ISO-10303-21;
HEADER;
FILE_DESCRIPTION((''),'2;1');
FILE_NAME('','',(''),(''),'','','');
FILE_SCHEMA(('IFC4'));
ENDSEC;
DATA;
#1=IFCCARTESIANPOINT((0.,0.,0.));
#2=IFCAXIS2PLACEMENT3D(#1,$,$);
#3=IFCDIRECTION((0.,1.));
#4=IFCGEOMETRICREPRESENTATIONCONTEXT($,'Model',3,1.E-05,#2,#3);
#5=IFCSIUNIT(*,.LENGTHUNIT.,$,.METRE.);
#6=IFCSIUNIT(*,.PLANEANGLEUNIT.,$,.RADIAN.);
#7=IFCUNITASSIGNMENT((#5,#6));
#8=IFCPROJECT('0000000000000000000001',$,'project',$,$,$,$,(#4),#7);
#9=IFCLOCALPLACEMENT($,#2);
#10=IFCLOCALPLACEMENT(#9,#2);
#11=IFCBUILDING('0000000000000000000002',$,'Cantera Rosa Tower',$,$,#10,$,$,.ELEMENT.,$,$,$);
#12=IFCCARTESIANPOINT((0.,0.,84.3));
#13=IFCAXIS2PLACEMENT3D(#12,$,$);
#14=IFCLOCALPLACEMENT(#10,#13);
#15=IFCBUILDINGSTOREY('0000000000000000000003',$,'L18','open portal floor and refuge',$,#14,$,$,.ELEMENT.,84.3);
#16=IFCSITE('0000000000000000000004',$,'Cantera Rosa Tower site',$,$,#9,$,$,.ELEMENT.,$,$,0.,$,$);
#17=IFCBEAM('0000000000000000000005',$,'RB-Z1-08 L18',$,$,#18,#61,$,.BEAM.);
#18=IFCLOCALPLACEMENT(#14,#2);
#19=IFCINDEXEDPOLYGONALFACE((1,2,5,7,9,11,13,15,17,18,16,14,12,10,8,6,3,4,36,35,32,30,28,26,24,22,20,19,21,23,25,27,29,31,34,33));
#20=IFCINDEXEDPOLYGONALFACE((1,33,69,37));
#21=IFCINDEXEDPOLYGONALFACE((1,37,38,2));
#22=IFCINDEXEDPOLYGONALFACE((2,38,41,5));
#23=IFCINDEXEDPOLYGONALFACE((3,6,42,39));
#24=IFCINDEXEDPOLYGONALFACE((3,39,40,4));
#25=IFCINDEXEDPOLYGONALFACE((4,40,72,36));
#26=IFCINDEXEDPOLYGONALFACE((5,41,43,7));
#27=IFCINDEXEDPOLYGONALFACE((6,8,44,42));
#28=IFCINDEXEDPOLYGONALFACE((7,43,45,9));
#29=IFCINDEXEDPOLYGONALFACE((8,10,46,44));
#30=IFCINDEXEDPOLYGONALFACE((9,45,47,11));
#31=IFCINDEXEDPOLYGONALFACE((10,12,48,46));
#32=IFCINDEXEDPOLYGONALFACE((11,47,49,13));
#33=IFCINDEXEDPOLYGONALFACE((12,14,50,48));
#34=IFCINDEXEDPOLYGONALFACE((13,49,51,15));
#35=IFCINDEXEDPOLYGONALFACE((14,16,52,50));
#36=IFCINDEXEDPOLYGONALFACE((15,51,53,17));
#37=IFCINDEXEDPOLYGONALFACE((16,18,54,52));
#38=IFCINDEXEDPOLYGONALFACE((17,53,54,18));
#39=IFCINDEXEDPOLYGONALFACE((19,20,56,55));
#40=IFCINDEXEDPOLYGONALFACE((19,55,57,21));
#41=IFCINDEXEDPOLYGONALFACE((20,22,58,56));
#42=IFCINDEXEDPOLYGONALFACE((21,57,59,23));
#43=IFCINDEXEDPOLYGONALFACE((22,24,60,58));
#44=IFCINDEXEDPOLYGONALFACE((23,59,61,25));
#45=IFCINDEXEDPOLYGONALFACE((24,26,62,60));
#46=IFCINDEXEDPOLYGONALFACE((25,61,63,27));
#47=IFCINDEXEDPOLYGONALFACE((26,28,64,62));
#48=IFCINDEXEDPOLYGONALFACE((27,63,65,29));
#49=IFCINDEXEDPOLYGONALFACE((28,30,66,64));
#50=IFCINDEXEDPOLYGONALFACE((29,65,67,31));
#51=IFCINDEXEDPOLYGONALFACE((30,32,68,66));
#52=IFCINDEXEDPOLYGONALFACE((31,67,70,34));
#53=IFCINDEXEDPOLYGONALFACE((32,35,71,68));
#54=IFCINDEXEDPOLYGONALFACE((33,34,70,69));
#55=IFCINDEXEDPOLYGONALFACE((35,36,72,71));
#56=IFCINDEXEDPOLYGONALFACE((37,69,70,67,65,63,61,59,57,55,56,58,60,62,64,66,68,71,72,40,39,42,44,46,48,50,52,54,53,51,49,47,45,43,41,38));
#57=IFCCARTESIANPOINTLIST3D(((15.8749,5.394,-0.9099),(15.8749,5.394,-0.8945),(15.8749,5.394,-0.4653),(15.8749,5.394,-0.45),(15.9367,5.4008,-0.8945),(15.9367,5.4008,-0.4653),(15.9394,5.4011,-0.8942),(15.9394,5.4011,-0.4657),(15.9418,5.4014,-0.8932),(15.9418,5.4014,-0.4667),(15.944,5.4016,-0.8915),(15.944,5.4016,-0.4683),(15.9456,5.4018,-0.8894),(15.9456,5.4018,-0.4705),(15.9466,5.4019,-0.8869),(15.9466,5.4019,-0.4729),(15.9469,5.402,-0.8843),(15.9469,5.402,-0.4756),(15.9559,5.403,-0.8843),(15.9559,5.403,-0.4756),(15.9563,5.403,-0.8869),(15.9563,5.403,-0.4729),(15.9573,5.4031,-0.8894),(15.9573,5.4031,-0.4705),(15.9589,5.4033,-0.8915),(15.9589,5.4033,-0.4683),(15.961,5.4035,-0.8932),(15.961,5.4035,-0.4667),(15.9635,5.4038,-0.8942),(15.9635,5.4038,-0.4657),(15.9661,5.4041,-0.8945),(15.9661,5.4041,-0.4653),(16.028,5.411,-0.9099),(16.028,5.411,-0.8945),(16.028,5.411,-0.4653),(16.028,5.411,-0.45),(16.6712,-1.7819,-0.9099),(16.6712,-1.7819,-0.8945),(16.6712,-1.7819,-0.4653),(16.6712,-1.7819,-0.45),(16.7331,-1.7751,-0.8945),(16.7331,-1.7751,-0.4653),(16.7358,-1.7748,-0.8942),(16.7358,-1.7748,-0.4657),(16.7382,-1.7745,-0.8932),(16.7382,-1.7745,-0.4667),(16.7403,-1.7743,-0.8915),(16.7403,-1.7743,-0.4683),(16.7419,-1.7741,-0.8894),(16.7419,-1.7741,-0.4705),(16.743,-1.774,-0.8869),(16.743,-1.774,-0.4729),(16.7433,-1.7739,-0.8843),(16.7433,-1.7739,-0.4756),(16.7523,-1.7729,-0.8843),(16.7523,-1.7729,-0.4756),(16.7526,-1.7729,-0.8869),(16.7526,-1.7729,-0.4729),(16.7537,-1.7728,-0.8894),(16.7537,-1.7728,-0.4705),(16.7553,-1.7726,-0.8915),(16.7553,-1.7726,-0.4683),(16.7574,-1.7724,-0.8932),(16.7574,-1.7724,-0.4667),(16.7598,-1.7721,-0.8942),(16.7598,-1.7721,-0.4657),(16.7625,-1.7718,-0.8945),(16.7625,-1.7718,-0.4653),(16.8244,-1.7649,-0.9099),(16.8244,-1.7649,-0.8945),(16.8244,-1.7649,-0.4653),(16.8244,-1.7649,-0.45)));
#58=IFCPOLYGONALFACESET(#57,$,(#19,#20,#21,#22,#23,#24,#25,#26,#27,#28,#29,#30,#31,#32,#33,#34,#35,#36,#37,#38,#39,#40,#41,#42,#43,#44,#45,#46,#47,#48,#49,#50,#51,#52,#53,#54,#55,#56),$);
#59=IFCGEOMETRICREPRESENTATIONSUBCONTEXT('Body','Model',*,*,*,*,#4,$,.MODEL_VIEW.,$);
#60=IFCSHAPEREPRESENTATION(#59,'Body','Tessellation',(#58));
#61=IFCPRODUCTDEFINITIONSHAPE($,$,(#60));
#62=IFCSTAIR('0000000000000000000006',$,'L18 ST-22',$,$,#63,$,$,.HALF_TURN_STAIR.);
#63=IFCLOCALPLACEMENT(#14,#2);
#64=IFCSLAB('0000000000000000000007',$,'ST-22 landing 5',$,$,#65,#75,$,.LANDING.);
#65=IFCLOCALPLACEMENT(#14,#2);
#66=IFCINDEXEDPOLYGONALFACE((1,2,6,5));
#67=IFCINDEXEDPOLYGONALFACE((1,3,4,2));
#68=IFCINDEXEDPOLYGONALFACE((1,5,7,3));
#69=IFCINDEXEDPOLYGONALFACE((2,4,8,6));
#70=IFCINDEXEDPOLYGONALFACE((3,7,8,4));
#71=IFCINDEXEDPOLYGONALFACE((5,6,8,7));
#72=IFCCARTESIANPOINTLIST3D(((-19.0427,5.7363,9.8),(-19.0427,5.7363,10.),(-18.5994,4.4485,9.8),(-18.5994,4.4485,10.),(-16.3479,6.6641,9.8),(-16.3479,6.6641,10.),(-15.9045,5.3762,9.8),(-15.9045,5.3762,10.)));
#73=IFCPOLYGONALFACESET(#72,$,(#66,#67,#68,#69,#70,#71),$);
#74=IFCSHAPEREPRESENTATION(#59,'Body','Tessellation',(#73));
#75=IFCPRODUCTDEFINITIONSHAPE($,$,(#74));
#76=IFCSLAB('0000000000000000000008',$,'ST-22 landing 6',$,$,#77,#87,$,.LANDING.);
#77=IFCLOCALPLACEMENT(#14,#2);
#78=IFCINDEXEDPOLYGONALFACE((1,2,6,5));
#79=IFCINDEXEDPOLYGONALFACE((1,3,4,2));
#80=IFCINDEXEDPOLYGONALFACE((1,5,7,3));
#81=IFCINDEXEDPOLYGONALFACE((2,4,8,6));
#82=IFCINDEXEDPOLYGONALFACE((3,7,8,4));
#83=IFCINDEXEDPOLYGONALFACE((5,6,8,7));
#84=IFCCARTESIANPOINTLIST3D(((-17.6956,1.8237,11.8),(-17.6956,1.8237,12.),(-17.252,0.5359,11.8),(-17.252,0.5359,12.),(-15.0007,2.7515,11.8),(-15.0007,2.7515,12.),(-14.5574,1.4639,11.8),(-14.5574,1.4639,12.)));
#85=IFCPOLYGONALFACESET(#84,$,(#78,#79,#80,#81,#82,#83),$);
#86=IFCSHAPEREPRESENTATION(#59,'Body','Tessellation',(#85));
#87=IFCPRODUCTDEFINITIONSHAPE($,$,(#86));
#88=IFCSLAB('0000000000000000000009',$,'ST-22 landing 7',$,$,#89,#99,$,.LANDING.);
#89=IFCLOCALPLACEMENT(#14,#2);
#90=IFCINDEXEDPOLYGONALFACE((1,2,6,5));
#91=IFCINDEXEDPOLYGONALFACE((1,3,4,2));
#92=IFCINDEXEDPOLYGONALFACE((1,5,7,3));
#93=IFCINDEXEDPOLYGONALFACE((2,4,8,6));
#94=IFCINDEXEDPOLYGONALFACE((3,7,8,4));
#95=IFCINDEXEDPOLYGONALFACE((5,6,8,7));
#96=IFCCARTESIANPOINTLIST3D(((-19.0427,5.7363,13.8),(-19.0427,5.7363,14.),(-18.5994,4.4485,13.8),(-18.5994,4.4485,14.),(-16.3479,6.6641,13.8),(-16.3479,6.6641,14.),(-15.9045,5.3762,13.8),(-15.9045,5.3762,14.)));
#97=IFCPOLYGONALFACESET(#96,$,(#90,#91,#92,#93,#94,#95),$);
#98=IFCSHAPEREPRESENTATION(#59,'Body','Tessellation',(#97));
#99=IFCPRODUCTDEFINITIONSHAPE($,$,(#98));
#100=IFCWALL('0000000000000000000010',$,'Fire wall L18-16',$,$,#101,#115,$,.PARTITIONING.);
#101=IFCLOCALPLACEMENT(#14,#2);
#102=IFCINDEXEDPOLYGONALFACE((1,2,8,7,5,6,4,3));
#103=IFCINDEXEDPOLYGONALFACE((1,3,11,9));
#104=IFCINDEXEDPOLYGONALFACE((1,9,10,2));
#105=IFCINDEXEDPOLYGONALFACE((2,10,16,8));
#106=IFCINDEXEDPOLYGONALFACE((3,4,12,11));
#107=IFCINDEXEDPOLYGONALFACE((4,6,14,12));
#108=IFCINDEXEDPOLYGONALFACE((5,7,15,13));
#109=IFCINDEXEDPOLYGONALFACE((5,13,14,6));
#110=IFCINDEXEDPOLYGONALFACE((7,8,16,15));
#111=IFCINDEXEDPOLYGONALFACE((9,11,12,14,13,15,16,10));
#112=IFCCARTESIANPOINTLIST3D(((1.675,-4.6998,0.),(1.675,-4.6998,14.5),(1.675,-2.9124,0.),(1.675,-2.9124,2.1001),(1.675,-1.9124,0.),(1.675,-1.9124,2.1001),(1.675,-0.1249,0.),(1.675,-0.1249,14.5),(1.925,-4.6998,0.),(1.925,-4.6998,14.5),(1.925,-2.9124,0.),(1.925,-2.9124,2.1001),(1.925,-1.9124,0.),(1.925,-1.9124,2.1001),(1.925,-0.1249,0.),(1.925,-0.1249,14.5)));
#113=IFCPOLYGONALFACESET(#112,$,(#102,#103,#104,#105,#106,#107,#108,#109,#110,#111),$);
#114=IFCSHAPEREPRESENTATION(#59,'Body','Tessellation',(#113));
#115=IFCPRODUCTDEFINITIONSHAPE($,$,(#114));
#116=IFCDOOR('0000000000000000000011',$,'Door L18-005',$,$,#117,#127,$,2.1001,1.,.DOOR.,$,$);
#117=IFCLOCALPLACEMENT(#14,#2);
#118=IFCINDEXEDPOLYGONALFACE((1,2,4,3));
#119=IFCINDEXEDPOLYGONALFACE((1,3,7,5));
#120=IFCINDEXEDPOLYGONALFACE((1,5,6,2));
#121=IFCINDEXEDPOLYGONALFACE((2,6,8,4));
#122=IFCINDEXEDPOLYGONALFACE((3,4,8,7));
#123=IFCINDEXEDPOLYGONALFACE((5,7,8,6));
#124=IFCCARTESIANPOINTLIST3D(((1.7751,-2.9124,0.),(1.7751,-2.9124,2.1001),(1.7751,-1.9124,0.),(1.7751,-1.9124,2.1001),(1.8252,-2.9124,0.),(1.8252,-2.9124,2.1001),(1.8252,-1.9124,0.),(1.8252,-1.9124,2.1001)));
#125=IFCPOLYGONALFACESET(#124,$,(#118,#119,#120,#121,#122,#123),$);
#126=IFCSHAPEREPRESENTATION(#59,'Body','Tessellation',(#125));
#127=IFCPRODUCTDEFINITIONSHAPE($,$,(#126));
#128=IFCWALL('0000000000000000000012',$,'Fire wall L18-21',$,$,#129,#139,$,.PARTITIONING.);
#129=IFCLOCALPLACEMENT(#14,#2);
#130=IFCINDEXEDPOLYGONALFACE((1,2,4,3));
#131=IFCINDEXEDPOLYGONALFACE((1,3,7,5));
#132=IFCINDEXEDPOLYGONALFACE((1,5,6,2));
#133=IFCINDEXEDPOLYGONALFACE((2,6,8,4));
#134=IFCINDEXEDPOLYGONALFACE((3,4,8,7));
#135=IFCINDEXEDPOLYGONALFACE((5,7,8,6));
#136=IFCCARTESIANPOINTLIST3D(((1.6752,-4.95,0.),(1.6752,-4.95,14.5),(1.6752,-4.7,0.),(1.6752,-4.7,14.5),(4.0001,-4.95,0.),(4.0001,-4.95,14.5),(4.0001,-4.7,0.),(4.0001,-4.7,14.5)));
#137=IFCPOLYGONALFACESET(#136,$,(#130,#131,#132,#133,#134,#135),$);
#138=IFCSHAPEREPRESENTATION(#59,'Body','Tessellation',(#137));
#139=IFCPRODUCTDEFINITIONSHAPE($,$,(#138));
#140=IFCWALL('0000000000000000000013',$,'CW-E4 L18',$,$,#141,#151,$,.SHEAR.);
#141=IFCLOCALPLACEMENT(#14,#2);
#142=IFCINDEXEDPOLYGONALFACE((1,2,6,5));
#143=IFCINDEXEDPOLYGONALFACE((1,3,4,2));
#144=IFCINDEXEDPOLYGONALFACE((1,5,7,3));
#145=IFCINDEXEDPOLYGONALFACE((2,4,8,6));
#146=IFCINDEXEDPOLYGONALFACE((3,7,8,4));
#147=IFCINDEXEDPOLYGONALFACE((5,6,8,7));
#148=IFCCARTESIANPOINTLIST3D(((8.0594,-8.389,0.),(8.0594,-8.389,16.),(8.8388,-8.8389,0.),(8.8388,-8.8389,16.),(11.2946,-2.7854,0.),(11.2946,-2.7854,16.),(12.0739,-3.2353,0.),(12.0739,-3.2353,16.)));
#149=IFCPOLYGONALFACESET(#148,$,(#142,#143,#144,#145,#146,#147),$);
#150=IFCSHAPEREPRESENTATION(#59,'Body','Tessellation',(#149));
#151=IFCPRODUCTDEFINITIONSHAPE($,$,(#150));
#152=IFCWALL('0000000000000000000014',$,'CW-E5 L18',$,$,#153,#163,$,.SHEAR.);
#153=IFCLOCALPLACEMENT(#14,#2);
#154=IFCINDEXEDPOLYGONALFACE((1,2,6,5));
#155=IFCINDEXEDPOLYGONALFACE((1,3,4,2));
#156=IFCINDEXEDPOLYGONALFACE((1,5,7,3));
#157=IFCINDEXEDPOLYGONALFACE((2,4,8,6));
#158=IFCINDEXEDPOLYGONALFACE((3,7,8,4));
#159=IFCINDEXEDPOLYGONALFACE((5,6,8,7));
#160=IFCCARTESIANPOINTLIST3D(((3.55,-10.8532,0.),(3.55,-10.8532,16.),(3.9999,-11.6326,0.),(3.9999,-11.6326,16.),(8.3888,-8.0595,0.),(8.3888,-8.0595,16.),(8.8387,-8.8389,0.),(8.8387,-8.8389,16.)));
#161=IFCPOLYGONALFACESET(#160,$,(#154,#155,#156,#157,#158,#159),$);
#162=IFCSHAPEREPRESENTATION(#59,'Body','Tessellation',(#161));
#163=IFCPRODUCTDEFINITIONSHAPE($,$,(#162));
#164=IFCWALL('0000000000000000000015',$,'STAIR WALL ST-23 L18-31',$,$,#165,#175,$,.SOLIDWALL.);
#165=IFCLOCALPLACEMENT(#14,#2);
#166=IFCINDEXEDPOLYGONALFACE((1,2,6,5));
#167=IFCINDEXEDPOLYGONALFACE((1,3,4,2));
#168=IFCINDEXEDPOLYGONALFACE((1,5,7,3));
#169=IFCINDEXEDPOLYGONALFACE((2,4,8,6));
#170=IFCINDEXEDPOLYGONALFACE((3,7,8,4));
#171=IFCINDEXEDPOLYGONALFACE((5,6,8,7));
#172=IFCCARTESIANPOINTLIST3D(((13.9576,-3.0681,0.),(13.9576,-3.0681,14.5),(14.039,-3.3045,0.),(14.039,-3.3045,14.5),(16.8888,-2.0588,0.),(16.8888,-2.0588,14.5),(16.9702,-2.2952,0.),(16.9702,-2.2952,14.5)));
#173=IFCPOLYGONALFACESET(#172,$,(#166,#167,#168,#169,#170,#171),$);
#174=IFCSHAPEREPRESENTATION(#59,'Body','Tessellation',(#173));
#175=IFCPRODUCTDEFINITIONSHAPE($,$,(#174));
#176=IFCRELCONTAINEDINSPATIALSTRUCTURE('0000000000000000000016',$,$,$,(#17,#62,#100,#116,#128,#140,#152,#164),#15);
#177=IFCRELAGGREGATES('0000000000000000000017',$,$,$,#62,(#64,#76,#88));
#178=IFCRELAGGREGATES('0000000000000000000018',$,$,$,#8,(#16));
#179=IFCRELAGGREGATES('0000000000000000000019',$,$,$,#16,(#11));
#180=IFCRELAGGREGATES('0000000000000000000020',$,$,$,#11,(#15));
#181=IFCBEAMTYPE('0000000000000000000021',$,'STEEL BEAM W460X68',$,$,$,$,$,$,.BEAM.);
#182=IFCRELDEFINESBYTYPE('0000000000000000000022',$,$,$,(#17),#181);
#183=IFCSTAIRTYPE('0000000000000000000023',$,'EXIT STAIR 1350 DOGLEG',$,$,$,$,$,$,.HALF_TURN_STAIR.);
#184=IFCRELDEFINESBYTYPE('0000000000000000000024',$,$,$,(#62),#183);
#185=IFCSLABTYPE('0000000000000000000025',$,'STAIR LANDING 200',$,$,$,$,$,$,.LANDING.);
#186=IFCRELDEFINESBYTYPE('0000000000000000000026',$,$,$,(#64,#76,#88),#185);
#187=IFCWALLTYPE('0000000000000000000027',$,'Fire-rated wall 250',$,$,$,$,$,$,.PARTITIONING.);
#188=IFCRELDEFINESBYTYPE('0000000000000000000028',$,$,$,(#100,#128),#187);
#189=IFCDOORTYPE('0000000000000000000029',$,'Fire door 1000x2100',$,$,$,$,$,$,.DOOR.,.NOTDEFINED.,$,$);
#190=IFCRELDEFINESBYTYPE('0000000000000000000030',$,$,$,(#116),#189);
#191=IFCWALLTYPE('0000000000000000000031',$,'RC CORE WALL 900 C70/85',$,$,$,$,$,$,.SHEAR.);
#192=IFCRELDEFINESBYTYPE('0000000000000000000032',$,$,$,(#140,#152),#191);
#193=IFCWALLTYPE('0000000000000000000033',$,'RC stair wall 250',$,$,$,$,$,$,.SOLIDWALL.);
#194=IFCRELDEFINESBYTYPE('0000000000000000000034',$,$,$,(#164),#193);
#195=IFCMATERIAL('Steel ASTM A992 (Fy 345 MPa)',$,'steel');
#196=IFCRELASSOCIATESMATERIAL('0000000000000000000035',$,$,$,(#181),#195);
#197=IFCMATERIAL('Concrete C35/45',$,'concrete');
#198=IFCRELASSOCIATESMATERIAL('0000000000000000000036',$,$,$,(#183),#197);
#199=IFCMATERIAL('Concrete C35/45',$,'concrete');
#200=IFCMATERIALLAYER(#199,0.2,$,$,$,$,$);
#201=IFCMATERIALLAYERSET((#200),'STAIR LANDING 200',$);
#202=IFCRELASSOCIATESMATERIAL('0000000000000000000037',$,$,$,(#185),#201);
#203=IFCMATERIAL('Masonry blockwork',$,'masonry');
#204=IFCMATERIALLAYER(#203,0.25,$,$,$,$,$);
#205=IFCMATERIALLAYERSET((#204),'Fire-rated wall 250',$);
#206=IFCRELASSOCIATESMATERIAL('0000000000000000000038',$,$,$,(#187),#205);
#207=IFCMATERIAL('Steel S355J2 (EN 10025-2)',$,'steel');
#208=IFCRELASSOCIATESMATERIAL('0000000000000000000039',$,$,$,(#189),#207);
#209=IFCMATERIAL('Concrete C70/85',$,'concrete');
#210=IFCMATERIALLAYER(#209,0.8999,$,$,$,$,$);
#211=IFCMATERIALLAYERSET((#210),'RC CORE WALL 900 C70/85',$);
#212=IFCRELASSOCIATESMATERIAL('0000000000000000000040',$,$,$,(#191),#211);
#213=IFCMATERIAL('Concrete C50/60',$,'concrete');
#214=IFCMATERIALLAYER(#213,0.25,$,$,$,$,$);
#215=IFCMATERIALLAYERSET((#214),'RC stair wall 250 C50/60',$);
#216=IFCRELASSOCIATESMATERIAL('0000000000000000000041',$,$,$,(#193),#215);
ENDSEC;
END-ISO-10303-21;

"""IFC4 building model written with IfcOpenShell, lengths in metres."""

from ifc_helpers import new_model, si_unit, direction, frame, frame_2d, origin, origin_2d, place, context, subcontext, project, spatial, polyline, rectangle, i_section, outline, extrude, material, layer, layer_set, material_profile, profile_set, type_object, element, fill, aggregate, save


model = new_model("IFC4")

# Units and contexts
model_context = context("Model", 3, precision=1e-05, world=origin(), true_north=direction((0.0, 1.0)))
body_context = subcontext(model_context, "Body", "Model", "MODEL_VIEW")
ifc_project = project(units=[si_unit("LENGTHUNIT", "METRE"), si_unit("PLANEANGLEUNIT", "RADIAN")], contexts=[model_context])

# Site, building, storey
site_placement = place(None, origin())
site = spatial("IfcSite", under=ifc_project, at=site_placement, Name="Cantera Rosa Tower site", CompositionType="ELEMENT", RefElevation=0.0)
building_placement = place(site_placement, origin())
building = spatial("IfcBuilding", under=site, at=building_placement, Name="Cantera Rosa Tower", CompositionType="ELEMENT")
storey_placement = place(building_placement, frame((0.0, 0.0, 84.3)))
storey = spatial("IfcBuildingStorey", under=building, at=storey_placement, Name="L18", Description="open portal floor and refuge", CompositionType="ELEMENT", Elevation=84.3)

# Beam
ifc_material_1 = material(Name="Steel ASTM A992 (Fy 345 MPa)", Category="steel")
ifc_material_profile = material_profile(ifc_material_1, i_section(OverallWidth=0.1541, OverallDepth=0.46, WebThickness=0.009, FlangeThickness=0.0154, FilletRadius=0.0103, at=origin_2d()), Name="W460X68")
ifc_profile_set = profile_set([ifc_material_profile], Name="Steel ASTM A992 (Fy 345 MPa)")
beam_type = type_object("IfcBeamType", Name="STEEL BEAM W460X68", PredefinedType="BEAM", material=ifc_profile_set)
beam_placement = place(storey_placement, frame((16.7478, -1.7734, -0.6799), z_axis=(-0.110302, 0.993898, 0.0), x_axis=(-0.993898, -0.110302, 0.0)))
element("IfcBeam", 1, at=beam_placement, inside=storey, type_object=beam_type, Name="RB-Z1-08 L18", PredefinedType="BEAM", context=body_context, shape_type="SweptSolid", body=[
    extrude(i_section(OverallWidth=0.1541, OverallDepth=0.46, WebThickness=0.009, FlangeThickness=0.0154, FilletRadius=0.0103, at=origin_2d()), origin(), (0.0, 0.0, 1.0), 7.22),
])

# Stair, slabs
ifc_material_2 = material(Name="Concrete C35/45", Category="concrete")
stair_type = type_object("IfcStairType", Name="EXIT STAIR 1350 DOGLEG", PredefinedType="HALF_TURN_STAIR", material=ifc_material_2)
stair_1_placement = place(storey_placement, origin())
stair_1 = element("IfcStair", 2, at=stair_1_placement, inside=storey, type_object=stair_type, Name="L18 ST-22", PredefinedType="HALF_TURN_STAIR")
ifc_material_3 = material(Name="Concrete C35/45", Category="concrete")
ifc_layer_1 = layer(ifc_material_3, 0.2)
ifc_layer_set_1 = layer_set([ifc_layer_1], Name="STAIR LANDING 200")
slab_type = type_object("IfcSlabType", Name="STAIR LANDING 200", PredefinedType="LANDING", material=ifc_layer_set_1)
slab_1_placement = place(storey_placement, frame((0.0, 0.0, 9.8)))
slab_1 = element("IfcSlab", 3, at=slab_1_placement, type_object=slab_type, Name="ST-22 landing 5", PredefinedType="LANDING", context=body_context, shape_type="SweptSolid", body=[
    extrude(outline(polyline([(-15.9045, 5.3762), (-16.3479, 6.6641), (-19.0427, 5.7363), (-18.5994, 4.4485), (-15.9045, 5.3762)])), origin(), (0.0, 0.0, 1.0), 0.2),
])
slab_2_placement = place(storey_placement, frame((0.0, 0.0, 11.8)))
slab_2 = element("IfcSlab", 4, at=slab_2_placement, type_object=slab_type, Name="ST-22 landing 6", PredefinedType="LANDING", context=body_context, shape_type="SweptSolid", body=[
    extrude(outline(polyline([(-14.5574, 1.4639), (-15.0007, 2.7515), (-17.6956, 1.8237), (-17.252, 0.5359), (-14.5574, 1.4639)])), origin(), (0.0, 0.0, 1.0), 0.2),
])
slab_3_placement = place(storey_placement, frame((0.0, 0.0, 13.8)))
slab_3 = element("IfcSlab", 5, at=slab_3_placement, type_object=slab_type, Name="ST-22 landing 7", PredefinedType="LANDING", context=body_context, shape_type="SweptSolid", body=[
    extrude(outline(polyline([(-15.9045, 5.3762), (-16.3479, 6.6641), (-19.0427, 5.7363), (-18.5994, 4.4485), (-15.9045, 5.3762)])), origin(), (0.0, 0.0, 1.0), 0.2),
])
aggregate(stair_1, [slab_1, slab_2, slab_3])

# Wall, opening, door
ifc_material_4 = material(Name="Masonry blockwork", Category="masonry")
ifc_layer_2 = layer(ifc_material_4, 0.25)
ifc_layer_set_2 = layer_set([ifc_layer_2], Name="Fire-rated wall 250")
wall_type_1 = type_object("IfcWallType", Name="Fire-rated wall 250", PredefinedType="PARTITIONING", material=ifc_layer_set_2)
wall_1_placement = place(storey_placement, frame((1.8, -4.7, 0.0), z_axis=(0.0, 0.0, 1.0), x_axis=(0.0, 1.0, 0.0)))
wall_1 = element("IfcWall", 6, at=wall_1_placement, inside=storey, type_object=wall_type_1, Name="Fire wall L18-16", PredefinedType="PARTITIONING", context=body_context, shape_type="SweptSolid", body=[
    extrude(rectangle(XDim=4.575, YDim=0.25, at=frame_2d((2.2876, 0.0))), origin(), (0.0, 0.0, 1.0), 14.5),
])
opening_placement = place(wall_1_placement, frame((1.7876, 0.0, 0.0)))
opening = element("IfcOpeningElement", 7, at=opening_placement, cuts=wall_1, PredefinedType="OPENING", context=body_context, shape_type="SweptSolid", body=[
    extrude(rectangle(XDim=1.0, YDim=2.1001, at=frame_2d((0.5, 1.05))), frame((0.0, 0.135, 0.0), z_axis=(0.0, -1.0, 0.0), x_axis=(1.0, 0.0, 0.0)), (0.0, 0.0, 1.0), 0.27),
])
ifc_material_5 = material(Name="Steel S355J2 (EN 10025-2)", Category="steel")
door_type = type_object("IfcDoorType", Name="Fire door 1000x2100", OperationType="NOTDEFINED", PredefinedType="DOOR", material=ifc_material_5)
door_placement = place(opening_placement, origin())
door = element("IfcDoor", 8, at=door_placement, inside=storey, type_object=door_type, Name="Door L18-005", OverallHeight=2.1001, OverallWidth=1.0, PredefinedType="DOOR", context=body_context, shape_type="SweptSolid", body=[
    extrude(rectangle(XDim=1.0, YDim=2.1001, at=frame_2d((0.5, 1.05))), frame((0.0, 0.0249, 0.0), z_axis=(0.0, -1.0, 0.0), x_axis=(1.0, 0.0, 0.0)), (0.0, 0.0, 1.0), 0.05),
])
fill(opening, door)

# Walls
wall_2_placement = place(storey_placement, frame((1.675, -4.825, 0.0), z_axis=(0.0, 0.0, 1.0), x_axis=(1.0, 0.0, 0.0)))
element("IfcWall", 9, at=wall_2_placement, inside=storey, type_object=wall_type_1, Name="Fire wall L18-21", PredefinedType="PARTITIONING", context=body_context, shape_type="SweptSolid", body=[
    extrude(rectangle(XDim=2.325, YDim=0.25, at=frame_2d((1.1626, 0.0))), origin(), (0.0, 0.0, 1.0), 14.5),
])
ifc_material_6 = material(Name="Concrete C70/85", Category="concrete")
ifc_layer_3 = layer(ifc_material_6, 0.8999)
ifc_layer_set_3 = layer_set([ifc_layer_3], Name="RC CORE WALL 900 C70/85")
wall_type_2 = type_object("IfcWallType", Name="RC CORE WALL 900 C70/85", PredefinedType="SHEAR", material=ifc_layer_set_3)
wall_3_placement = place(storey_placement, frame((11.6843, -3.0103, 0.0), z_axis=(0.0, 0.0, 1.0), x_axis=(-0.49999, -0.866031, 0.0)))
element("IfcWall", 10, at=wall_3_placement, inside=storey, type_object=wall_type_2, Name="CW-E4 L18", PredefinedType="SHEAR", context=body_context, shape_type="SweptSolid", body=[
    extrude(rectangle(XDim=6.4705, YDim=0.8999, at=frame_2d((3.2354, 0.0))), origin(), (0.0, 0.0, 1.0), 16.0),
])
wall_4_placement = place(storey_placement, frame((8.6138, -8.4492, 0.0), z_axis=(0.0, 0.0, 1.0), x_axis=(-0.866027, -0.499997, 0.0)))
element("IfcWall", 11, at=wall_4_placement, inside=storey, type_object=wall_type_2, Name="CW-E5 L18", PredefinedType="SHEAR", context=body_context, shape_type="SweptSolid", body=[
    extrude(rectangle(XDim=5.5874, YDim=0.8999, at=frame_2d((2.7937, 0.0))), origin(), (0.0, 0.0, 1.0), 16.0),
])
ifc_material_7 = material(Name="Concrete C50/60", Category="concrete")
ifc_layer_4 = layer(ifc_material_7, 0.25)
ifc_layer_set_4 = layer_set([ifc_layer_4], Name="RC stair wall 250 C50/60")
wall_type_3 = type_object("IfcWallType", Name="RC stair wall 250", PredefinedType="SOLIDWALL", material=ifc_layer_set_4)
wall_5_placement = place(storey_placement, frame((13.9983, -3.1863, 0.0), z_axis=(0.0, 0.0, 1.0), x_axis=(0.945519, 0.325568, 0.0)))
element("IfcWall", 12, at=wall_5_placement, inside=storey, type_object=wall_type_3, Name="STAIR WALL ST-23 L18-31", PredefinedType="SOLIDWALL", context=body_context, shape_type="SweptSolid", body=[
    extrude(rectangle(XDim=3.1001, YDim=0.25, at=frame_2d((1.55, 0.0))), origin(), (0.0, 0.0, 1.0), 14.5),
])

save(model, "model.ifc")
